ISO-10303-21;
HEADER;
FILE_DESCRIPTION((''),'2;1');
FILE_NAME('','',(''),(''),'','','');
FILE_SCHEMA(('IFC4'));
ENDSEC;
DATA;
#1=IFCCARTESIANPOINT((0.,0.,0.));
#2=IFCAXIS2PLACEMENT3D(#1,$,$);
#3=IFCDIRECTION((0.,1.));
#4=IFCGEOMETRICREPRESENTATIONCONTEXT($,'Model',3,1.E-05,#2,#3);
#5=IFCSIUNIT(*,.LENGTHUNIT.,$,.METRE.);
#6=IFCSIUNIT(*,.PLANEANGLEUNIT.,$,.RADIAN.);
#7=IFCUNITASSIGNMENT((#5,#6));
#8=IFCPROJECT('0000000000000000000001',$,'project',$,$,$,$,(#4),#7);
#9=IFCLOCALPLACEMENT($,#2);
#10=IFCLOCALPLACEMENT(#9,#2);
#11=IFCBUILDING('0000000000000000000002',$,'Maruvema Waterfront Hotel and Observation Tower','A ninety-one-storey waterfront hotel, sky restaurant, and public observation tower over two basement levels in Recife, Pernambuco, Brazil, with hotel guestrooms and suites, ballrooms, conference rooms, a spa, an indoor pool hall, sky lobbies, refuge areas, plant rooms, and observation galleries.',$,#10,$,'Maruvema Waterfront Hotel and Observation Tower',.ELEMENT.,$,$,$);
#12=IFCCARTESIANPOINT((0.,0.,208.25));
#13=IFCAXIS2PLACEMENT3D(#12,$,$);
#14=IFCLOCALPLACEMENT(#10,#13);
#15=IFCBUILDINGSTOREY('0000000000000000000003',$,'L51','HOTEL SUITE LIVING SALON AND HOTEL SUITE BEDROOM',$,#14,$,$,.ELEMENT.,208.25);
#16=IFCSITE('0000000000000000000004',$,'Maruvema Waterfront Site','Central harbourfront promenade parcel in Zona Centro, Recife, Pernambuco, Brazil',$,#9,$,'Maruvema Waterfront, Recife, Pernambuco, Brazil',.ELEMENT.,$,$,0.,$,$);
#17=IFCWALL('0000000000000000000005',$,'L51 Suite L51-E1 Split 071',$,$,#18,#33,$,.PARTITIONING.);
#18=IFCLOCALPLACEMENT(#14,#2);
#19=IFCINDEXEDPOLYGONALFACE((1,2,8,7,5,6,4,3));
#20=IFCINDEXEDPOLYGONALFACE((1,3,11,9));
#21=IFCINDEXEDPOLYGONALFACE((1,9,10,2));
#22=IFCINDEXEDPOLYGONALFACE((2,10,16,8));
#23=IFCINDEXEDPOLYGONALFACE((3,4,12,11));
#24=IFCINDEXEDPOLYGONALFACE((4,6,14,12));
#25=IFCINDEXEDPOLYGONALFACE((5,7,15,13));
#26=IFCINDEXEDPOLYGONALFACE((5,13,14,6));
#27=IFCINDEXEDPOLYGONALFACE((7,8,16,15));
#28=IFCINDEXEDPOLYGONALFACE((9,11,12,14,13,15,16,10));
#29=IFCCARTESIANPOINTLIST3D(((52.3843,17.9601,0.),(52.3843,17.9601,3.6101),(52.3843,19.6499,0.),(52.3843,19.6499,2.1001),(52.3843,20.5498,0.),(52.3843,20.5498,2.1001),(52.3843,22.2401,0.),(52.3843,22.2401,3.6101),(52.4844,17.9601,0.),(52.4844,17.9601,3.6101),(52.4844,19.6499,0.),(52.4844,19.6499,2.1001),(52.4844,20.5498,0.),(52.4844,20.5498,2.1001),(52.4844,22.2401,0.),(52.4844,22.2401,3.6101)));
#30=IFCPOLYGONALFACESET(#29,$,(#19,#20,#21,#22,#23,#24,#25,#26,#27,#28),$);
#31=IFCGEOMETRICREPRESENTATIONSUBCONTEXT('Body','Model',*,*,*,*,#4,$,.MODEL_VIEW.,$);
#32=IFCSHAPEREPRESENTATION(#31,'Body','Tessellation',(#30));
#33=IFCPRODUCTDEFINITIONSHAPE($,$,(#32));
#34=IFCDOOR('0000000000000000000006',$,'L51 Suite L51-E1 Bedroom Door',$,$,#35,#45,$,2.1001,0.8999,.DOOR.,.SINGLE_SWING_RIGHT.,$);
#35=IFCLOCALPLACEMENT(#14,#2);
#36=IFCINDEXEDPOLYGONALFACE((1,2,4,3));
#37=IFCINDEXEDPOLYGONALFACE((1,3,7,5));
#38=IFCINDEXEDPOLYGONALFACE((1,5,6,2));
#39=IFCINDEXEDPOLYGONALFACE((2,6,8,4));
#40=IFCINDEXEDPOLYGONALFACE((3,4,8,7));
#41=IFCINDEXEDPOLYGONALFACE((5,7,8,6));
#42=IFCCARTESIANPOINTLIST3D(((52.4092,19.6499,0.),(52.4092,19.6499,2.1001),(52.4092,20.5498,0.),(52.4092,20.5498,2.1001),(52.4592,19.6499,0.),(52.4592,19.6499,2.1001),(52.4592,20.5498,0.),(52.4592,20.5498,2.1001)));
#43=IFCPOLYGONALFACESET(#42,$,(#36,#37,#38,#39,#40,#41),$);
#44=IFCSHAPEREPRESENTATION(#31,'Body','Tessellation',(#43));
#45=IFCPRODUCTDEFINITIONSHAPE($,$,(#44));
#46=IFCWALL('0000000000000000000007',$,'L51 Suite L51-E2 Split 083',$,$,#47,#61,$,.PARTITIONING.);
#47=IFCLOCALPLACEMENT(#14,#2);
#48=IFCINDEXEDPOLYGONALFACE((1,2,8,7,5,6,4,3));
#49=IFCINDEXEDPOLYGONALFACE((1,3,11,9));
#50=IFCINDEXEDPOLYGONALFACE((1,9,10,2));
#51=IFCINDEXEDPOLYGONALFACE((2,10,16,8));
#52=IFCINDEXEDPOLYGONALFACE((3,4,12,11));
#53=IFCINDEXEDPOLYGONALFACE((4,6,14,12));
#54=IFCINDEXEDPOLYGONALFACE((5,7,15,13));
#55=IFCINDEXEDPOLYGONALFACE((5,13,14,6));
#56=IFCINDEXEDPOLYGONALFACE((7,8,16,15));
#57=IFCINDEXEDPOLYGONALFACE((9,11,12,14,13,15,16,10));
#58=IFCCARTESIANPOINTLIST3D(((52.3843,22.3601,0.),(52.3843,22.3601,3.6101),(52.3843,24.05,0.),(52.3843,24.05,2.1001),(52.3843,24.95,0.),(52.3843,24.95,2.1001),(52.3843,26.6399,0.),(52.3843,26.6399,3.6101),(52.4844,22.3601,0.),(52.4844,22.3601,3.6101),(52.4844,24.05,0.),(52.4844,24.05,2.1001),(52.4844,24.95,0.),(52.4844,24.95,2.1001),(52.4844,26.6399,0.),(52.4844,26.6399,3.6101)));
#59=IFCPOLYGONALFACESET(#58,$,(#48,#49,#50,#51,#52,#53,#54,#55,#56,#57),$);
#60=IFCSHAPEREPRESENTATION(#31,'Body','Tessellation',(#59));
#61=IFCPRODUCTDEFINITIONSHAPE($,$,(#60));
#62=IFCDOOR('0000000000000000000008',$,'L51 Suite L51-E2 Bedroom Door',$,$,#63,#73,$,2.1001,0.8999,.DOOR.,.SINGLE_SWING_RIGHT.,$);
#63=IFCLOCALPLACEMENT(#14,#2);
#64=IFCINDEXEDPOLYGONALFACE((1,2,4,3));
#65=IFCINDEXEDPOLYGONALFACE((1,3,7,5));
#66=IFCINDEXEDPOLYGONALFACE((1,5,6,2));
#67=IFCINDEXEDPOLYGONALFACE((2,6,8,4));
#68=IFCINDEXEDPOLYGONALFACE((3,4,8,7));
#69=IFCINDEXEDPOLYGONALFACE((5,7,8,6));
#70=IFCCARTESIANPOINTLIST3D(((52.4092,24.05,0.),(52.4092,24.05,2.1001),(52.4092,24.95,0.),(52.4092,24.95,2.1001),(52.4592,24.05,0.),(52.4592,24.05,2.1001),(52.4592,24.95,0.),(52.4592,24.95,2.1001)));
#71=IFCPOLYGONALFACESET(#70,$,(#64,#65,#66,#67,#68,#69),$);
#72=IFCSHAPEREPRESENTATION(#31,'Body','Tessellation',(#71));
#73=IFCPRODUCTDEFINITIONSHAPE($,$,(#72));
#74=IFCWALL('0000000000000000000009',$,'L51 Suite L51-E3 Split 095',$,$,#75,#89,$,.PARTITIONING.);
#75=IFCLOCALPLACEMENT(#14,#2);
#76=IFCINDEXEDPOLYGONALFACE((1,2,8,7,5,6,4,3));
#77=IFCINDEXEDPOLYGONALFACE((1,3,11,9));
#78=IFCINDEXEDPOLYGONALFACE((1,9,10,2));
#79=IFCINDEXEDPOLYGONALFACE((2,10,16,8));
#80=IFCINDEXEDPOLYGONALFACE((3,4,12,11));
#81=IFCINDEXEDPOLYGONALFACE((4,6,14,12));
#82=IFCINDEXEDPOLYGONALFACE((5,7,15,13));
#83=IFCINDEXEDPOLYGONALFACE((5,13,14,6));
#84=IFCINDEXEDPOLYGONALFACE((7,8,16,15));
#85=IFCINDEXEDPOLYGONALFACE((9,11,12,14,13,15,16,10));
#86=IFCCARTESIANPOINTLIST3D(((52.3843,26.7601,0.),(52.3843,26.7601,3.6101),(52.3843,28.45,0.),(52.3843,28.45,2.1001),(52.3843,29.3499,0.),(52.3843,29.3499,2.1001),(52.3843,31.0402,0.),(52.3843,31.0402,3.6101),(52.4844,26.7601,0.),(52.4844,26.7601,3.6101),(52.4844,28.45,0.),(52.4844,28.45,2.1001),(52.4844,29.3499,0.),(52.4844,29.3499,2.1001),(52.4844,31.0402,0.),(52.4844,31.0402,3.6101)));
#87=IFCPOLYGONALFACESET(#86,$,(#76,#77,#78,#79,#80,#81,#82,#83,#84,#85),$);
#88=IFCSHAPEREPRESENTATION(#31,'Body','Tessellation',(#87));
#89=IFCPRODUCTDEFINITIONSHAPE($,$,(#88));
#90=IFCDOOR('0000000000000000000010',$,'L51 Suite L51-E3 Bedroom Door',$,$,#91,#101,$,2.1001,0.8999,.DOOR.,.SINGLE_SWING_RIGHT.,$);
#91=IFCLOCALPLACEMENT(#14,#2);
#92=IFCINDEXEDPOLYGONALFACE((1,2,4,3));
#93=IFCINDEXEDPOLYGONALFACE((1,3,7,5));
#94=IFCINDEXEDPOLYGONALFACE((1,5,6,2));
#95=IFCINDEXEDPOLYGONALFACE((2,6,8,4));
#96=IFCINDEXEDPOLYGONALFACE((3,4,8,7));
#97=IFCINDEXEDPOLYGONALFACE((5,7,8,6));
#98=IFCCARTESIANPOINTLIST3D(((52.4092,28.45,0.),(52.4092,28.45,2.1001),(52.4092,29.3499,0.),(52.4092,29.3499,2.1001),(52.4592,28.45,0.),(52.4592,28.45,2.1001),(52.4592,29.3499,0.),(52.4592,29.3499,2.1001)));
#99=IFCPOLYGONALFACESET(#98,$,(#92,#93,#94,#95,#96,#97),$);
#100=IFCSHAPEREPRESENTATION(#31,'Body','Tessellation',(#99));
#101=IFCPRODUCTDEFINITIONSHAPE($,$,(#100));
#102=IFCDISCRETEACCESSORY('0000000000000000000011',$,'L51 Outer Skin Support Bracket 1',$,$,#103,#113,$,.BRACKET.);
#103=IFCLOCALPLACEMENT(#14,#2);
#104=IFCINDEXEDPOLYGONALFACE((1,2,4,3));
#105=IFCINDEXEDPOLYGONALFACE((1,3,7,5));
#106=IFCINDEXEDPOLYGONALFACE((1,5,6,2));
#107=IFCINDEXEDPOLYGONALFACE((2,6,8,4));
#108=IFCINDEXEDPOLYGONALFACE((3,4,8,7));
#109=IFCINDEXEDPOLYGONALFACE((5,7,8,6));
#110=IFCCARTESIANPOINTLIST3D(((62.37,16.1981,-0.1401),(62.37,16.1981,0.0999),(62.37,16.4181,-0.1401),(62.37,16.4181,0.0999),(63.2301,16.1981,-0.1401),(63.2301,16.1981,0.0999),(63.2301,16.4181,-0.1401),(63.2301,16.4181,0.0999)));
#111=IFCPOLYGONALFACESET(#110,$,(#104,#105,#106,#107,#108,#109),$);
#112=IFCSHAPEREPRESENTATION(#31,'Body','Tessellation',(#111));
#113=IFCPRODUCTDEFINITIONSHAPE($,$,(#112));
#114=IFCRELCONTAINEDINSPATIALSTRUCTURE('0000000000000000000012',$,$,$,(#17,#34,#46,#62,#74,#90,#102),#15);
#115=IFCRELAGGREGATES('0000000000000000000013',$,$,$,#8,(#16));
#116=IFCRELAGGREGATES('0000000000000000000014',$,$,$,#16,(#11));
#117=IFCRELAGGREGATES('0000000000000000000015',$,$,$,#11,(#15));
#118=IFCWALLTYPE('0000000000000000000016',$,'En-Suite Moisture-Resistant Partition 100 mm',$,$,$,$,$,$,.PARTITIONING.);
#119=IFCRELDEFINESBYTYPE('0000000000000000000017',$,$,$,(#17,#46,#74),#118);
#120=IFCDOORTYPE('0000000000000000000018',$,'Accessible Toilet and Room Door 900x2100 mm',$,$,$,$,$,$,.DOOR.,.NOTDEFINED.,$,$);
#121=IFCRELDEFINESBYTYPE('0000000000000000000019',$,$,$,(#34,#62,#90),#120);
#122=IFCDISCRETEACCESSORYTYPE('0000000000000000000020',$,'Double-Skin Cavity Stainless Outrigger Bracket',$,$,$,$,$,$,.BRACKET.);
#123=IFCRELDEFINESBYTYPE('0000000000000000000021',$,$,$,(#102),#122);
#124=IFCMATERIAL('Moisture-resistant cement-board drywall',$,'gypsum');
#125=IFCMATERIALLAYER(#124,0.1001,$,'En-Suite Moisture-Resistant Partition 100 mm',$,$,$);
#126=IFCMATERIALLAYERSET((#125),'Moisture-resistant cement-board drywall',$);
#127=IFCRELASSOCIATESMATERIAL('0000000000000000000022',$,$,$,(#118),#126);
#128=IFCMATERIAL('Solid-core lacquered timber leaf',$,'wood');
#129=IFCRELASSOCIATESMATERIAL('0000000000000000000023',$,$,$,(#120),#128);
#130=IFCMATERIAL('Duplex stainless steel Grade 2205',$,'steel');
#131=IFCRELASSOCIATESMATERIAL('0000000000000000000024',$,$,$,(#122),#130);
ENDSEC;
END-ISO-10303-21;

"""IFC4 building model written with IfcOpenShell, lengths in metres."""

from ifc_helpers import new_model, si_unit, direction, frame, frame_2d, origin, origin_2d, place, context, subcontext, project, spatial, rectangle, extrude, material, layer, layer_set, type_object, element, fill, save


model = new_model("IFC4")

# Units and contexts
model_context = context("Model", 3, precision=1e-05, world=origin(), true_north=direction((0.0, 1.0)))
body_context = subcontext(model_context, "Body", "Model", "MODEL_VIEW")
ifc_project = project(units=[si_unit("LENGTHUNIT", "METRE"), si_unit("PLANEANGLEUNIT", "RADIAN")], contexts=[model_context])

# Site, building, storey
site_placement = place(None, origin())
site = spatial("IfcSite", under=ifc_project, at=site_placement, Name="Maruvema Waterfront Site", Description="Central harbourfront promenade parcel in Zona Centro, Recife, Pernambuco, Brazil", LongName="Maruvema Waterfront, Recife, Pernambuco, Brazil", CompositionType="ELEMENT", RefElevation=0.0)
building_placement = place(site_placement, origin())
building = spatial("IfcBuilding", under=site, at=building_placement, Name="Maruvema Waterfront Hotel and Observation Tower", Description="A ninety-one-storey waterfront hotel, sky restaurant, and public observation tower over two basement levels in Recife, Pernambuco, Brazil, with hotel guestrooms and suites, ballrooms, conference rooms, a spa, an indoor pool hall, sky lobbies, refuge areas, plant rooms, and observation galleries.", LongName="Maruvema Waterfront Hotel and Observation Tower", CompositionType="ELEMENT")
storey_placement = place(building_placement, frame((0.0, 0.0, 208.25)))
storey = spatial("IfcBuildingStorey", under=building, at=storey_placement, Name="L51", Description="HOTEL SUITE LIVING SALON AND HOTEL SUITE BEDROOM", CompositionType="ELEMENT", Elevation=208.25)

# Walls, openings, doors
ifc_material_1 = material(Name="Moisture-resistant cement-board drywall", Category="gypsum")
ifc_layer_1 = layer(ifc_material_1, 0.1001, Name="En-Suite Moisture-Resistant Partition 100 mm")
ifc_layer_set_1 = layer_set([ifc_layer_1], Name="Moisture-resistant cement-board drywall")
wall_type = type_object("IfcWallType", Name="En-Suite Moisture-Resistant Partition 100 mm", PredefinedType="PARTITIONING", material=ifc_layer_set_1)
wall_1_placement = place(storey_placement, frame((52.4343, 17.96, 0.0), z_axis=(0.0, 0.0, 1.0), x_axis=(0.0, 1.0, 0.0)))
wall_1 = element("IfcWall", 1, at=wall_1_placement, inside=storey, type_object=wall_type, Name="L51 Suite L51-E1 Split 071", PredefinedType="PARTITIONING", context=body_context, shape_type="SweptSolid", body=[
    extrude(rectangle(XDim=4.28, YDim=0.1001, at=frame_2d((2.1401, 0.0))), origin(), (0.0, 0.0, 1.0), 3.6101),
])
opening_1_placement = place(wall_1_placement, frame((1.6899, 0.0, 0.0)))
opening_1 = element("IfcOpeningElement", 2, at=opening_1_placement, cuts=wall_1, PredefinedType="OPENING", context=body_context, shape_type="SweptSolid", body=[
    extrude(rectangle(XDim=0.8999, YDim=2.1001, at=frame_2d((0.45, 1.05))), frame((0.0, 0.0601, 0.0), z_axis=(0.0, -1.0, 0.0), x_axis=(1.0, 0.0, 0.0)), (0.0, 0.0, 1.0), 0.1201),
])
ifc_material_2 = material(Name="Solid-core lacquered timber leaf", Category="wood")
door_type = type_object("IfcDoorType", Name="Accessible Toilet and Room Door 900x2100 mm", OperationType="NOTDEFINED", PredefinedType="DOOR", material=ifc_material_2)
door_1_placement = place(opening_1_placement, frame((0.8999, 0.0, 0.0), z_axis=(0.0, 0.0, 1.0), x_axis=(-1.0, 0.0, 0.0)))
door_1 = element("IfcDoor", 3, at=door_1_placement, inside=storey, type_object=door_type, Name="L51 Suite L51-E1 Bedroom Door", OperationType="SINGLE_SWING_RIGHT", OverallHeight=2.1001, OverallWidth=0.8999, PredefinedType="DOOR", context=body_context, shape_type="SweptSolid", body=[
    extrude(rectangle(XDim=0.8999, YDim=2.1001, at=frame_2d((0.45, 1.05))), frame((0.0, 0.0249, 0.0), z_axis=(0.0, -1.0, 0.0), x_axis=(1.0, 0.0, 0.0)), (0.0, 0.0, 1.0), 0.05),
])
fill(opening_1, door_1)
wall_2_placement = place(storey_placement, frame((52.4343, 22.3601, 0.0), z_axis=(0.0, 0.0, 1.0), x_axis=(0.0, 1.0, 0.0)))
wall_2 = element("IfcWall", 4, at=wall_2_placement, inside=storey, type_object=wall_type, Name="L51 Suite L51-E2 Split 083", PredefinedType="PARTITIONING", context=body_context, shape_type="SweptSolid", body=[
    extrude(rectangle(XDim=4.2798, YDim=0.1001, at=frame_2d((2.1399, 0.0))), origin(), (0.0, 0.0, 1.0), 3.6101),
])
opening_2_placement = place(wall_2_placement, frame((1.6899, 0.0, 0.0)))
opening_2 = element("IfcOpeningElement", 5, at=opening_2_placement, cuts=wall_2, PredefinedType="OPENING", context=body_context, shape_type="SweptSolid", body=[
    extrude(rectangle(XDim=0.8999, YDim=2.1001, at=frame_2d((0.45, 1.05))), frame((0.0, 0.0601, 0.0), z_axis=(0.0, -1.0, 0.0), x_axis=(1.0, 0.0, 0.0)), (0.0, 0.0, 1.0), 0.1201),
])
door_2_placement = place(opening_2_placement, frame((0.8999, 0.0, 0.0), z_axis=(0.0, 0.0, 1.0), x_axis=(-1.0, 0.0, 0.0)))
door_2 = element("IfcDoor", 6, at=door_2_placement, inside=storey, type_object=door_type, Name="L51 Suite L51-E2 Bedroom Door", OperationType="SINGLE_SWING_RIGHT", OverallHeight=2.1001, OverallWidth=0.8999, PredefinedType="DOOR", context=body_context, shape_type="SweptSolid", body=[
    extrude(rectangle(XDim=0.8999, YDim=2.1001, at=frame_2d((0.45, 1.05))), frame((0.0, 0.0249, 0.0), z_axis=(0.0, -1.0, 0.0), x_axis=(1.0, 0.0, 0.0)), (0.0, 0.0, 1.0), 0.05),
])
fill(opening_2, door_2)
wall_3_placement = place(storey_placement, frame((52.4343, 26.76, 0.0), z_axis=(0.0, 0.0, 1.0), x_axis=(0.0, 1.0, 0.0)))
wall_3 = element("IfcWall", 7, at=wall_3_placement, inside=storey, type_object=wall_type, Name="L51 Suite L51-E3 Split 095", PredefinedType="PARTITIONING", context=body_context, shape_type="SweptSolid", body=[
    extrude(rectangle(XDim=4.28, YDim=0.1001, at=frame_2d((2.1401, 0.0))), origin(), (0.0, 0.0, 1.0), 3.6101),
])
opening_3_placement = place(wall_3_placement, frame((1.6899, 0.0, 0.0)))
opening_3 = element("IfcOpeningElement", 8, at=opening_3_placement, cuts=wall_3, PredefinedType="OPENING", context=body_context, shape_type="SweptSolid", body=[
    extrude(rectangle(XDim=0.8999, YDim=2.1001, at=frame_2d((0.45, 1.05))), frame((0.0, 0.0601, 0.0), z_axis=(0.0, -1.0, 0.0), x_axis=(1.0, 0.0, 0.0)), (0.0, 0.0, 1.0), 0.1201),
])
door_3_placement = place(opening_3_placement, frame((0.8999, 0.0, 0.0), z_axis=(0.0, 0.0, 1.0), x_axis=(-1.0, 0.0, 0.0)))
door_3 = element("IfcDoor", 9, at=door_3_placement, inside=storey, type_object=door_type, Name="L51 Suite L51-E3 Bedroom Door", OperationType="SINGLE_SWING_RIGHT", OverallHeight=2.1001, OverallWidth=0.8999, PredefinedType="DOOR", context=body_context, shape_type="SweptSolid", body=[
    extrude(rectangle(XDim=0.8999, YDim=2.1001, at=frame_2d((0.45, 1.05))), frame((0.0, 0.0249, 0.0), z_axis=(0.0, -1.0, 0.0), x_axis=(1.0, 0.0, 0.0)), (0.0, 0.0, 1.0), 0.05),
])
fill(opening_3, door_3)

# Discrete accessory
ifc_material_3 = material(Name="Duplex stainless steel Grade 2205", Category="steel")
discrete_accessory_type = type_object("IfcDiscreteAccessoryType", Name="Double-Skin Cavity Stainless Outrigger Bracket", PredefinedType="BRACKET", material=ifc_material_3)
discrete_accessory_placement = place(storey_placement, frame((62.8, 16.3081, -0.1401), z_axis=(0.0, 0.0, 1.0), x_axis=(0.0, 1.0, 0.0)))
element("IfcDiscreteAccessory", 10, at=discrete_accessory_placement, inside=storey, type_object=discrete_accessory_type, Name="L51 Outer Skin Support Bracket 1", PredefinedType="BRACKET", context=body_context, shape_type="SweptSolid", body=[
    extrude(rectangle(XDim=0.22, YDim=0.8601, at=origin_2d()), origin(), (0.0, 0.0, 1.0), 0.24),
])

save(model, "model.ifc")
